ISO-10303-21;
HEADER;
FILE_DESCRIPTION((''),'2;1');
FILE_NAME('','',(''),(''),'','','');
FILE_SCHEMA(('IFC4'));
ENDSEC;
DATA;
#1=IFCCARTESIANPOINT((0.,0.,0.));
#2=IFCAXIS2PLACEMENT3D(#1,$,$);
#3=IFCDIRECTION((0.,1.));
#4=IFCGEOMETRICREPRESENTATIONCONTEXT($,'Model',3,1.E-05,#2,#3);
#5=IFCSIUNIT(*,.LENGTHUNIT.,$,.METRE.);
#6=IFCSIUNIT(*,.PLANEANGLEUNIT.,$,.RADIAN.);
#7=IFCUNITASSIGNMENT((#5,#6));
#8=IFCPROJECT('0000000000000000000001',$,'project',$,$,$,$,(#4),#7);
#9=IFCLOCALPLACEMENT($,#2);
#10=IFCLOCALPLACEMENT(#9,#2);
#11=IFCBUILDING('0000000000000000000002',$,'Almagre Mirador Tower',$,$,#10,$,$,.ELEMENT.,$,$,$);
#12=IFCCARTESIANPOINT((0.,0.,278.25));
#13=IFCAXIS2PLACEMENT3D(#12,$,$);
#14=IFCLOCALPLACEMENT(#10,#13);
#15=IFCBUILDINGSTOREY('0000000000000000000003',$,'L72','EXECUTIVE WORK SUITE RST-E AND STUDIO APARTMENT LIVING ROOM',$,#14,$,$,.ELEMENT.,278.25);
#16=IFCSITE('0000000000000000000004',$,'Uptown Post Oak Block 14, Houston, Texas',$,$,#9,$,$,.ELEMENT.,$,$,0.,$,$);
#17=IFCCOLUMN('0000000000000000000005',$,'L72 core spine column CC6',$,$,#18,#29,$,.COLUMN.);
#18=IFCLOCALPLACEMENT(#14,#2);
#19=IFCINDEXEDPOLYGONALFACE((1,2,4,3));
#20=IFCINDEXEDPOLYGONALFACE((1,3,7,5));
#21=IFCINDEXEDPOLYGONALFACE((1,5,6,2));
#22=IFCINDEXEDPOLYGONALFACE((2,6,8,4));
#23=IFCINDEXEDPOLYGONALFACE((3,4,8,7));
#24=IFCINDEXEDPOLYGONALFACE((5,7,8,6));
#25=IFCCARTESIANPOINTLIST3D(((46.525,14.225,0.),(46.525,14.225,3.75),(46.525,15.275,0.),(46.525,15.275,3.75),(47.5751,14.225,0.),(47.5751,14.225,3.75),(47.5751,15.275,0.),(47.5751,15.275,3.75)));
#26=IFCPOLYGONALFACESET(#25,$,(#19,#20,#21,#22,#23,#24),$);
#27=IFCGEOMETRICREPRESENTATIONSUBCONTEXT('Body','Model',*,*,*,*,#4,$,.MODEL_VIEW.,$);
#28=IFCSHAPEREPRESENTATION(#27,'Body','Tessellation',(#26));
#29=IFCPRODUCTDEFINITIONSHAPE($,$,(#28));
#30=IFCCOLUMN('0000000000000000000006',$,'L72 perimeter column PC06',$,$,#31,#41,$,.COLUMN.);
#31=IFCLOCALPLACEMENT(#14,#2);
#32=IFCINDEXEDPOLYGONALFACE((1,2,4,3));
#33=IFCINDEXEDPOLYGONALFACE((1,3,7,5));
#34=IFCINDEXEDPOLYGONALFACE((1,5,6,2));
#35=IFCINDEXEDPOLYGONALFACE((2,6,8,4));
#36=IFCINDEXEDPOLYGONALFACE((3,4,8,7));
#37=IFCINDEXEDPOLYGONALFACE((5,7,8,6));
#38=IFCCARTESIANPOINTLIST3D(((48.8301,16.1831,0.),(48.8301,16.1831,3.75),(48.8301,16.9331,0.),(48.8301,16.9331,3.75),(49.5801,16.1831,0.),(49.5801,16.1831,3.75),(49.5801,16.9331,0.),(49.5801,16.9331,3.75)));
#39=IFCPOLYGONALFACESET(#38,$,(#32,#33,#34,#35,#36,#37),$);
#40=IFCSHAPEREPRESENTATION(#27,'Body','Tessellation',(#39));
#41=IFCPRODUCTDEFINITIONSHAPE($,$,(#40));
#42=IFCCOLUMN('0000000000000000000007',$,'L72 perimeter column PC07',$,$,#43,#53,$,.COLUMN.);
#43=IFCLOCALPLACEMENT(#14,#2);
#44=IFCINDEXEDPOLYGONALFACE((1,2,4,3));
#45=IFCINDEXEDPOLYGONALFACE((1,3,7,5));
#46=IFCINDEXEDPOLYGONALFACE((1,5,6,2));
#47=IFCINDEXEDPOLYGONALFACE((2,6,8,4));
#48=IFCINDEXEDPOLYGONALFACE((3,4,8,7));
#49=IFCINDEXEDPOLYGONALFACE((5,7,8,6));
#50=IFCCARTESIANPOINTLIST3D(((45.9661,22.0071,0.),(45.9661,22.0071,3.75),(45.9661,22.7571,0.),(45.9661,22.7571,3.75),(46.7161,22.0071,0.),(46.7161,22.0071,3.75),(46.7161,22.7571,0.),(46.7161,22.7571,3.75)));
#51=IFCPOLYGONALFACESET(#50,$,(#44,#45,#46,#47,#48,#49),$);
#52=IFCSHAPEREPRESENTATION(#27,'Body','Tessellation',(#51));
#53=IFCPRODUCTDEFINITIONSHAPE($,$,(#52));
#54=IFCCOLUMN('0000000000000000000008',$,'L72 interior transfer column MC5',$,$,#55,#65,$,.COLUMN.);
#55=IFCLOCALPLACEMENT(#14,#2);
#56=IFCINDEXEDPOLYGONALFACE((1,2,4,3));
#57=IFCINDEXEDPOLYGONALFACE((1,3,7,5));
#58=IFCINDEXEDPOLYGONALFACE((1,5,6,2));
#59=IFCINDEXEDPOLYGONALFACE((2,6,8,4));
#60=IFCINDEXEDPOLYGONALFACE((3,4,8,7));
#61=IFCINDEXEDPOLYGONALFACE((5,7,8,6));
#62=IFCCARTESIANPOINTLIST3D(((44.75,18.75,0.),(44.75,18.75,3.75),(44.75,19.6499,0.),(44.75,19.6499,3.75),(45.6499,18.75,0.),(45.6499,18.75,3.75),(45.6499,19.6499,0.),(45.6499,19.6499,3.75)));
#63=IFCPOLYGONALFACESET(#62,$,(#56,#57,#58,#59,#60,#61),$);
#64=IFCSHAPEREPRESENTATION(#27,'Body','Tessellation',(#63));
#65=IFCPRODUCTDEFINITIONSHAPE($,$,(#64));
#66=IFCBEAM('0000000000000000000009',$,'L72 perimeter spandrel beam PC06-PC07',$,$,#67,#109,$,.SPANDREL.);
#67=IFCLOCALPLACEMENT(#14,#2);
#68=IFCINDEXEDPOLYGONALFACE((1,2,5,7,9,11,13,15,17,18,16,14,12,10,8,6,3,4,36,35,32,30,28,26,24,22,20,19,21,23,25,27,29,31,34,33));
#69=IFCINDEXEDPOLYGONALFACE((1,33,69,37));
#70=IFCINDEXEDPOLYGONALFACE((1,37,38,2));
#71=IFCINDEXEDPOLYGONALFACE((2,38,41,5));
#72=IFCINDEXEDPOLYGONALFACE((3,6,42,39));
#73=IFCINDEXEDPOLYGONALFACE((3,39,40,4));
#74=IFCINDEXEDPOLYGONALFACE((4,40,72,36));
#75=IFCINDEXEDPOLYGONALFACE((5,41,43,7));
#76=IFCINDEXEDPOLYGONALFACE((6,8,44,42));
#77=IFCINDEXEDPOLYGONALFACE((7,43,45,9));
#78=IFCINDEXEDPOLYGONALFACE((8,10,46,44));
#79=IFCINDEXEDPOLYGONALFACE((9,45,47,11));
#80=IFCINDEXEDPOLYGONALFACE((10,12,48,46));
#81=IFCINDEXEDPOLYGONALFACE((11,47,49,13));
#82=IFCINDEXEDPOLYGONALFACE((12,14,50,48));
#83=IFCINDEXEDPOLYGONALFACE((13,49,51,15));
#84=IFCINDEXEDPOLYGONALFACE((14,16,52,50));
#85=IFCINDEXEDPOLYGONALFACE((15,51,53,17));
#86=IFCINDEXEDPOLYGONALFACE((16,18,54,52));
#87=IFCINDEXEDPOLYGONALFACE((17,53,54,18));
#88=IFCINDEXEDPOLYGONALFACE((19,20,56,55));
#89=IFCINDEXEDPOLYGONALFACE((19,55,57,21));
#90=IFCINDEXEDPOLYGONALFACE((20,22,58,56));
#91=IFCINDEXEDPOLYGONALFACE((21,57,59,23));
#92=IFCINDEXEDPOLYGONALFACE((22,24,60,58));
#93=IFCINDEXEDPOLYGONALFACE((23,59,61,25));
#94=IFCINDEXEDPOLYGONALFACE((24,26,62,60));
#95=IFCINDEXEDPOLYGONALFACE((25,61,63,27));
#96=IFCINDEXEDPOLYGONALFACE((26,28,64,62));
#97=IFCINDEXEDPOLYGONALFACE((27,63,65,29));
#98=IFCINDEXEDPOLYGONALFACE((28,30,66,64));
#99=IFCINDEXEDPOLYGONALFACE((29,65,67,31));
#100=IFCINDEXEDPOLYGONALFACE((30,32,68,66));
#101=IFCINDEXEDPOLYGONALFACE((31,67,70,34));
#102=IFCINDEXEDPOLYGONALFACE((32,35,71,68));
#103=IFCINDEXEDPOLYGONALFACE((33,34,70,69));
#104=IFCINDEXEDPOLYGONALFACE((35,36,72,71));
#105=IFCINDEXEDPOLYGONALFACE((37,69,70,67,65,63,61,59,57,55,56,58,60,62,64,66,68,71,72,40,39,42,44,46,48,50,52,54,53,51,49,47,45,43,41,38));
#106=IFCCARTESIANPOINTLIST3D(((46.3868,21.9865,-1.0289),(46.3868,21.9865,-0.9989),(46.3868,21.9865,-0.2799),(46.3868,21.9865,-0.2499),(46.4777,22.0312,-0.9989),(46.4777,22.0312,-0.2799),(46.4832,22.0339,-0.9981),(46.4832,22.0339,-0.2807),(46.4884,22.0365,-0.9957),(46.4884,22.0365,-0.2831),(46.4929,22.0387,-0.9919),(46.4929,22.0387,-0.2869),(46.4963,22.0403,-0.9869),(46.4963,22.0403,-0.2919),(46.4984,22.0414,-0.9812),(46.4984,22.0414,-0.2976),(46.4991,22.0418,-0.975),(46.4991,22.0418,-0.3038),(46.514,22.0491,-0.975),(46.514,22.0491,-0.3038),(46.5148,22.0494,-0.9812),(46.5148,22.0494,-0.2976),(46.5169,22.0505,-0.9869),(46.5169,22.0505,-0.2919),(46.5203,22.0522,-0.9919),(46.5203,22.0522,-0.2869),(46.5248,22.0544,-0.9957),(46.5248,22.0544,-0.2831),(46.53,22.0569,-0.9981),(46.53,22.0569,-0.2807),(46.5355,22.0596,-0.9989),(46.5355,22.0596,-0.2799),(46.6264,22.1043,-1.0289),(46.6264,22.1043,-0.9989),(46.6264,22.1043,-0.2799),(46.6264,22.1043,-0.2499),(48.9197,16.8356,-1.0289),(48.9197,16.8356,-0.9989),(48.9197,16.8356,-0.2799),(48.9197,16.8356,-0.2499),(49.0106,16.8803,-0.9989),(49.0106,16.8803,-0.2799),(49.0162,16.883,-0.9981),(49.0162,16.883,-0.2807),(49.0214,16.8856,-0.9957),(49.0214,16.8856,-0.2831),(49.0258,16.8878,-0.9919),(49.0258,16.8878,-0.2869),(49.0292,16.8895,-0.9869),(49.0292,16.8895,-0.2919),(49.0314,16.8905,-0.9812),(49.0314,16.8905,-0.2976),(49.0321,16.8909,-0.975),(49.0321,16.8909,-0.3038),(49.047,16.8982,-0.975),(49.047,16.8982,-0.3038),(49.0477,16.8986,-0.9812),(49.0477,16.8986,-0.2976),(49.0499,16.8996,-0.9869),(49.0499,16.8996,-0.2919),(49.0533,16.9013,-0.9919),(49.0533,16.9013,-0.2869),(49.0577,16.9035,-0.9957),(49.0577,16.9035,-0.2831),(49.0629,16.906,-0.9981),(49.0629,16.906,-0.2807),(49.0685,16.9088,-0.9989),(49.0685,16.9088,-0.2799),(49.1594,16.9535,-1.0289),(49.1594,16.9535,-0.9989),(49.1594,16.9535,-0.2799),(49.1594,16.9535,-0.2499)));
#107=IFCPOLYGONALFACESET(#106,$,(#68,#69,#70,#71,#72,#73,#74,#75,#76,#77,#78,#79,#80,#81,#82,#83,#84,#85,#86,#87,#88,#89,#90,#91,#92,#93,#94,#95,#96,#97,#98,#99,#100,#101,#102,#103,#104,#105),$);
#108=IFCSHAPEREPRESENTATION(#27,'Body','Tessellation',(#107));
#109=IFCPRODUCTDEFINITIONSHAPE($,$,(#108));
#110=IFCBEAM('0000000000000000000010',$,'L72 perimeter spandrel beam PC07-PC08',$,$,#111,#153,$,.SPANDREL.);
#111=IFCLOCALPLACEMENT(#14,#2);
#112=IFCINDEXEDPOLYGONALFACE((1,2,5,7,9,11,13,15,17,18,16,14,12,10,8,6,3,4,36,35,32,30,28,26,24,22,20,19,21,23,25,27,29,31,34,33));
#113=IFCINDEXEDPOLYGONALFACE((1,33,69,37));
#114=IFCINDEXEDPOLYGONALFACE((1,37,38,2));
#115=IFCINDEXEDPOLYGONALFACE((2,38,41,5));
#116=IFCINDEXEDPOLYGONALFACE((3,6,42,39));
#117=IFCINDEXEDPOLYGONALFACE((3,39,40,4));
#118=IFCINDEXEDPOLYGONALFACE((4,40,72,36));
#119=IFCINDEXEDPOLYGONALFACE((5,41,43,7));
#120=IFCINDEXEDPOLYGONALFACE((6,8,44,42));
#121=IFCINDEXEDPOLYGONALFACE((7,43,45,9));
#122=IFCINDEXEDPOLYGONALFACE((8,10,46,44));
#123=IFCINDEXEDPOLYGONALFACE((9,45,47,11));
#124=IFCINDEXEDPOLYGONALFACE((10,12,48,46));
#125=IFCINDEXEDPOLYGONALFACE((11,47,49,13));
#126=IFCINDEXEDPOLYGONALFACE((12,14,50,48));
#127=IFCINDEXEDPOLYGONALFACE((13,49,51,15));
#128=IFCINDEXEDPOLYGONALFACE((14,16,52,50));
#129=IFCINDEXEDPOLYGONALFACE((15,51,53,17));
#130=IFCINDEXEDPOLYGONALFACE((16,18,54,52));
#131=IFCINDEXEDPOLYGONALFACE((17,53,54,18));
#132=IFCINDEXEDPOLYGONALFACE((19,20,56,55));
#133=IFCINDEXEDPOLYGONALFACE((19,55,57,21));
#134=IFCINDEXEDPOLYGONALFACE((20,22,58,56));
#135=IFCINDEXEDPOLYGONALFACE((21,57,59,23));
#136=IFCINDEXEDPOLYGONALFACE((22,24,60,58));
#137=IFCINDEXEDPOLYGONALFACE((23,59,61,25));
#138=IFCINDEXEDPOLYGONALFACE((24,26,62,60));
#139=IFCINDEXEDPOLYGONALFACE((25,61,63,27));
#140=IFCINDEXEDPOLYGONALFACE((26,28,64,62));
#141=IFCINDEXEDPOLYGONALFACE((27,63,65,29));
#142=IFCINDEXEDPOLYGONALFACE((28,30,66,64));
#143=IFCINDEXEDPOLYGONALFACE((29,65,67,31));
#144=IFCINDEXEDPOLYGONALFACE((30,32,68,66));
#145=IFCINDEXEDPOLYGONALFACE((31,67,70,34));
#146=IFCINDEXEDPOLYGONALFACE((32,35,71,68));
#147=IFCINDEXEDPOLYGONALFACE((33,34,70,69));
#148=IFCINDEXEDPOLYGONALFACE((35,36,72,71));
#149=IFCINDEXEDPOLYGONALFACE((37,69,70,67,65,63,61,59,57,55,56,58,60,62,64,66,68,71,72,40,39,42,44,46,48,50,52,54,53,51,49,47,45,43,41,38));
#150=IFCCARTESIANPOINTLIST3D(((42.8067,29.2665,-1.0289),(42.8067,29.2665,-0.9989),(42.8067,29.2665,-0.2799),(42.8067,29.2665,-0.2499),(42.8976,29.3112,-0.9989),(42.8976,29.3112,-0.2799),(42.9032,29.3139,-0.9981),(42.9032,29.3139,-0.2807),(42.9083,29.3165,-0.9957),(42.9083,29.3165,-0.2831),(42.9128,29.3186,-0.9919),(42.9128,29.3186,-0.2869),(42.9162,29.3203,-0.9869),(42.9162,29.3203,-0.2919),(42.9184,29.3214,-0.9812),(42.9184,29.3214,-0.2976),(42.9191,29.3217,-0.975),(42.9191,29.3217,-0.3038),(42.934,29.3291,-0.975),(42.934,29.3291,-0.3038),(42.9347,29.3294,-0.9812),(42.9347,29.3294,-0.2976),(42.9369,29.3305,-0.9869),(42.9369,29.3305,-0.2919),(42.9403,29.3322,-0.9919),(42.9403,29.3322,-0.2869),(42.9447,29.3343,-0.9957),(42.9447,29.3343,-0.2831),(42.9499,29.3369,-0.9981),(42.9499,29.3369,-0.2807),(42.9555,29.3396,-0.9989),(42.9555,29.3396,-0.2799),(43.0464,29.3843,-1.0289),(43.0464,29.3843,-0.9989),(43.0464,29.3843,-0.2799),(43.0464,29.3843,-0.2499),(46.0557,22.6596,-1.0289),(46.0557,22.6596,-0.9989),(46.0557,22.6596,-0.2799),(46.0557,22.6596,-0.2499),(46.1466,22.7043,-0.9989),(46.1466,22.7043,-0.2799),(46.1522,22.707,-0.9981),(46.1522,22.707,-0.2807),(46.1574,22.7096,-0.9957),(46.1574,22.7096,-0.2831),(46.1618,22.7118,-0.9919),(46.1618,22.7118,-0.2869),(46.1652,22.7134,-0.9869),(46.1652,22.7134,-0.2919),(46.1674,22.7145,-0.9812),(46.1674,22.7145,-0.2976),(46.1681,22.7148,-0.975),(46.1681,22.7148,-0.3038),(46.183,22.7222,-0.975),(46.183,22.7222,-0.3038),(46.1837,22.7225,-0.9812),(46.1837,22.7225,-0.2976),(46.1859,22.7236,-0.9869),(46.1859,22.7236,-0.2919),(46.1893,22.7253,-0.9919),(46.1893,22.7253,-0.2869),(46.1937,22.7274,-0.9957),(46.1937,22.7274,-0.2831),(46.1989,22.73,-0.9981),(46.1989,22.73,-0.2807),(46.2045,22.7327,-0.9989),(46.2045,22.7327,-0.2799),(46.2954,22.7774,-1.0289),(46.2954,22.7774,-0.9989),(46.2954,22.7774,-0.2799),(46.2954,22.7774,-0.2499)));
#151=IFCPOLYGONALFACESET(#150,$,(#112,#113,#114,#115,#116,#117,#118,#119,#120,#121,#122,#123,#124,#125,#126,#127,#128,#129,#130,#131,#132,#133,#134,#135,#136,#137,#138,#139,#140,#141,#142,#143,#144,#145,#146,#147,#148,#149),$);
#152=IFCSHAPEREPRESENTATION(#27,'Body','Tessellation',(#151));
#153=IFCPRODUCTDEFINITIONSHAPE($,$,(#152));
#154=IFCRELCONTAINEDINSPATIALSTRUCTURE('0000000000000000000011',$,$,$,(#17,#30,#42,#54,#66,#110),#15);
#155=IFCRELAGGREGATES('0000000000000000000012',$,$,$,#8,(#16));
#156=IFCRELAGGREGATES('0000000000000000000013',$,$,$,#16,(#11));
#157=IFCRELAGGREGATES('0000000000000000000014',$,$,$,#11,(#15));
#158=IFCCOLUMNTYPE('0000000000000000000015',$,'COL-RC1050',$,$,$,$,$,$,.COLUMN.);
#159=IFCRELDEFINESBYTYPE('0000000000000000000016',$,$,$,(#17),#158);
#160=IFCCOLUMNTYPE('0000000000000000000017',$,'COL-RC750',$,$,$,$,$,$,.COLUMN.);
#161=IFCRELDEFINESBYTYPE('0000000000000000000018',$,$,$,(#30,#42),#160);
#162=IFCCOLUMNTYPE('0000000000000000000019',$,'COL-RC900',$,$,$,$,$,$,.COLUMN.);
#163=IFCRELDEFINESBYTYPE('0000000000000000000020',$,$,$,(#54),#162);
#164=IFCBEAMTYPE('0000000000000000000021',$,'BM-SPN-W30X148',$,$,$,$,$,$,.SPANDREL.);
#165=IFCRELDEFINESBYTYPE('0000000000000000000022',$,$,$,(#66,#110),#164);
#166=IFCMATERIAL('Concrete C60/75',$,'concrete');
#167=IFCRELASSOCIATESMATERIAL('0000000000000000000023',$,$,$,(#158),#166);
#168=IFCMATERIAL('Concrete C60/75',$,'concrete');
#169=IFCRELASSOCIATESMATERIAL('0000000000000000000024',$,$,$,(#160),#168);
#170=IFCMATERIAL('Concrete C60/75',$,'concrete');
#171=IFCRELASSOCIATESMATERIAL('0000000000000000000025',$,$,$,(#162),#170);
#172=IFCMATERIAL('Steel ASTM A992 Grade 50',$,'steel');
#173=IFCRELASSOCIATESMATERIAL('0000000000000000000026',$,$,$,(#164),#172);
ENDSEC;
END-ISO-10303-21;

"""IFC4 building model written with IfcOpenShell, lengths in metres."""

from ifc_helpers import new_model, si_unit, direction, frame, origin, origin_2d, place, context, subcontext, project, spatial, rectangle, i_section, extrude, material, material_profile, profile_set, type_object, element, save


model = new_model("IFC4")

# Units and contexts
model_context = context("Model", 3, precision=1e-05, world=origin(), true_north=direction((0.0, 1.0)))
body_context = subcontext(model_context, "Body", "Model", "MODEL_VIEW")
ifc_project = project(units=[si_unit("LENGTHUNIT", "METRE"), si_unit("PLANEANGLEUNIT", "RADIAN")], contexts=[model_context])

# Site, building, storey
site_placement = place(None, origin())
site = spatial("IfcSite", under=ifc_project, at=site_placement, Name="Uptown Post Oak Block 14, Houston, Texas", CompositionType="ELEMENT", RefElevation=0.0)
building_placement = place(site_placement, origin())
building = spatial("IfcBuilding", under=site, at=building_placement, Name="Almagre Mirador Tower", CompositionType="ELEMENT")
storey_placement = place(building_placement, frame((0.0, 0.0, 278.25)))
storey = spatial("IfcBuildingStorey", under=building, at=storey_placement, Name="L72", Description="EXECUTIVE WORK SUITE RST-E AND STUDIO APARTMENT LIVING ROOM", CompositionType="ELEMENT", Elevation=278.25)

# Columns
ifc_material_1 = material(Name="Concrete C60/75", Category="concrete")
ifc_material_profile_1 = material_profile(ifc_material_1, rectangle(XDim=1.05, YDim=1.05, at=origin_2d()), Name="RC1050X1050")
ifc_profile_set_1 = profile_set([ifc_material_profile_1], Name="Concrete C60/75")
column_type_1 = type_object("IfcColumnType", Name="COL-RC1050", PredefinedType="COLUMN", material=ifc_profile_set_1)
column_1_placement = place(storey_placement, frame((47.05, 14.75, 0.0), z_axis=(0.0, 0.0, 1.0), x_axis=(1.0, 0.0, 0.0)))
element("IfcColumn", 1, at=column_1_placement, inside=storey, type_object=column_type_1, Name="L72 core spine column CC6", PredefinedType="COLUMN", context=body_context, shape_type="SweptSolid", body=[
    extrude(rectangle(XDim=1.05, YDim=1.05, at=origin_2d()), origin(), (0.0, 0.0, 1.0), 3.75),
])
ifc_material_2 = material(Name="Concrete C60/75", Category="concrete")
ifc_material_profile_2 = material_profile(ifc_material_2, rectangle(XDim=0.75, YDim=0.75, at=origin_2d()), Name="RC750X750")
ifc_profile_set_2 = profile_set([ifc_material_profile_2], Name="Concrete C60/75")
column_type_2 = type_object("IfcColumnType", Name="COL-RC750", PredefinedType="COLUMN", material=ifc_profile_set_2)
for number, where, z_axis, x_axis, name in (
    (2, (49.2051, 16.5581, 0.0), (0.0, 0.0, 1.0), (1.0, 0.0, 0.0), "L72 perimeter column PC06"),
    (3, (46.3411, 22.3821, 0.0), (0.0, 0.0, 1.0), (1.0, 0.0, 0.0), "L72 perimeter column PC07"),
):
    element("IfcColumn", number, at=place(storey_placement, frame(where, z_axis=z_axis, x_axis=x_axis)), inside=storey, type_object=column_type_2, Name=name, PredefinedType="COLUMN", context=body_context, shape_type="SweptSolid", body=[
        extrude(rectangle(XDim=0.75, YDim=0.75, at=origin_2d()), origin(), (0.0, 0.0, 1.0), 3.75),
    ])
ifc_material_3 = material(Name="Concrete C60/75", Category="concrete")
ifc_material_profile_3 = material_profile(ifc_material_3, rectangle(XDim=0.8999, YDim=0.8999, at=origin_2d()), Name="RC900X900")
ifc_profile_set_3 = profile_set([ifc_material_profile_3], Name="Concrete C60/75")
column_type_3 = type_object("IfcColumnType", Name="COL-RC900", PredefinedType="COLUMN", material=ifc_profile_set_3)
column_2_placement = place(storey_placement, frame((45.2, 19.2, 0.0), z_axis=(0.0, 0.0, 1.0), x_axis=(1.0, 0.0, 0.0)))
element("IfcColumn", 4, at=column_2_placement, inside=storey, type_object=column_type_3, Name="L72 interior transfer column MC5", PredefinedType="COLUMN", context=body_context, shape_type="SweptSolid", body=[
    extrude(rectangle(XDim=0.8999, YDim=0.8999, at=origin_2d()), origin(), (0.0, 0.0, 1.0), 3.75),
])

# Beams
ifc_material_4 = material(Name="Steel ASTM A992 Grade 50", Category="steel")
ifc_material_profile_4 = material_profile(ifc_material_4, i_section(OverallWidth=0.2671, OverallDepth=0.7791, WebThickness=0.0166, FlangeThickness=0.03, FilletRadius=0.0239, at=origin_2d()), Name="W30X148")
ifc_profile_set_4 = profile_set([ifc_material_profile_4], Name="Steel ASTM A992 Grade 50")
beam_type_1 = type_object("IfcBeamType", Name="BM-SPN-W30X148", PredefinedType="SPANDREL", material=ifc_profile_set_4)
beam_1_placement = place(storey_placement, frame((49.0396, 16.8945, -0.6394), z_axis=(-0.441283, 0.897368, 0.0), x_axis=(-0.897368, -0.441283, 0.0)))
element("IfcBeam", 5, at=beam_1_placement, inside=storey, type_object=beam_type_1, Name="L72 perimeter spandrel beam PC06-PC07", PredefinedType="SPANDREL", context=body_context, shape_type="SweptSolid", body=[
    extrude(i_section(OverallWidth=0.2671, OverallDepth=0.7791, WebThickness=0.0166, FlangeThickness=0.03, FilletRadius=0.0239, at=origin_2d()), origin(), (0.0, 0.0, 1.0), 5.74),
])
beam_2_placement = place(storey_placement, frame((46.1755, 22.7185, -0.6394), z_axis=(-0.441288, 0.897365, 0.0), x_axis=(-0.897365, -0.441288, 0.0)))
element("IfcBeam", 6, at=beam_2_placement, inside=storey, type_object=beam_type_1, Name="L72 perimeter spandrel beam PC07-PC08", PredefinedType="SPANDREL", context=body_context, shape_type="SweptSolid", body=[
    extrude(i_section(OverallWidth=0.2671, OverallDepth=0.7791, WebThickness=0.0166, FlangeThickness=0.03, FilletRadius=0.0239, at=origin_2d()), origin(), (0.0, 0.0, 1.0), 7.3625),
])

save(model, "model.ifc")
